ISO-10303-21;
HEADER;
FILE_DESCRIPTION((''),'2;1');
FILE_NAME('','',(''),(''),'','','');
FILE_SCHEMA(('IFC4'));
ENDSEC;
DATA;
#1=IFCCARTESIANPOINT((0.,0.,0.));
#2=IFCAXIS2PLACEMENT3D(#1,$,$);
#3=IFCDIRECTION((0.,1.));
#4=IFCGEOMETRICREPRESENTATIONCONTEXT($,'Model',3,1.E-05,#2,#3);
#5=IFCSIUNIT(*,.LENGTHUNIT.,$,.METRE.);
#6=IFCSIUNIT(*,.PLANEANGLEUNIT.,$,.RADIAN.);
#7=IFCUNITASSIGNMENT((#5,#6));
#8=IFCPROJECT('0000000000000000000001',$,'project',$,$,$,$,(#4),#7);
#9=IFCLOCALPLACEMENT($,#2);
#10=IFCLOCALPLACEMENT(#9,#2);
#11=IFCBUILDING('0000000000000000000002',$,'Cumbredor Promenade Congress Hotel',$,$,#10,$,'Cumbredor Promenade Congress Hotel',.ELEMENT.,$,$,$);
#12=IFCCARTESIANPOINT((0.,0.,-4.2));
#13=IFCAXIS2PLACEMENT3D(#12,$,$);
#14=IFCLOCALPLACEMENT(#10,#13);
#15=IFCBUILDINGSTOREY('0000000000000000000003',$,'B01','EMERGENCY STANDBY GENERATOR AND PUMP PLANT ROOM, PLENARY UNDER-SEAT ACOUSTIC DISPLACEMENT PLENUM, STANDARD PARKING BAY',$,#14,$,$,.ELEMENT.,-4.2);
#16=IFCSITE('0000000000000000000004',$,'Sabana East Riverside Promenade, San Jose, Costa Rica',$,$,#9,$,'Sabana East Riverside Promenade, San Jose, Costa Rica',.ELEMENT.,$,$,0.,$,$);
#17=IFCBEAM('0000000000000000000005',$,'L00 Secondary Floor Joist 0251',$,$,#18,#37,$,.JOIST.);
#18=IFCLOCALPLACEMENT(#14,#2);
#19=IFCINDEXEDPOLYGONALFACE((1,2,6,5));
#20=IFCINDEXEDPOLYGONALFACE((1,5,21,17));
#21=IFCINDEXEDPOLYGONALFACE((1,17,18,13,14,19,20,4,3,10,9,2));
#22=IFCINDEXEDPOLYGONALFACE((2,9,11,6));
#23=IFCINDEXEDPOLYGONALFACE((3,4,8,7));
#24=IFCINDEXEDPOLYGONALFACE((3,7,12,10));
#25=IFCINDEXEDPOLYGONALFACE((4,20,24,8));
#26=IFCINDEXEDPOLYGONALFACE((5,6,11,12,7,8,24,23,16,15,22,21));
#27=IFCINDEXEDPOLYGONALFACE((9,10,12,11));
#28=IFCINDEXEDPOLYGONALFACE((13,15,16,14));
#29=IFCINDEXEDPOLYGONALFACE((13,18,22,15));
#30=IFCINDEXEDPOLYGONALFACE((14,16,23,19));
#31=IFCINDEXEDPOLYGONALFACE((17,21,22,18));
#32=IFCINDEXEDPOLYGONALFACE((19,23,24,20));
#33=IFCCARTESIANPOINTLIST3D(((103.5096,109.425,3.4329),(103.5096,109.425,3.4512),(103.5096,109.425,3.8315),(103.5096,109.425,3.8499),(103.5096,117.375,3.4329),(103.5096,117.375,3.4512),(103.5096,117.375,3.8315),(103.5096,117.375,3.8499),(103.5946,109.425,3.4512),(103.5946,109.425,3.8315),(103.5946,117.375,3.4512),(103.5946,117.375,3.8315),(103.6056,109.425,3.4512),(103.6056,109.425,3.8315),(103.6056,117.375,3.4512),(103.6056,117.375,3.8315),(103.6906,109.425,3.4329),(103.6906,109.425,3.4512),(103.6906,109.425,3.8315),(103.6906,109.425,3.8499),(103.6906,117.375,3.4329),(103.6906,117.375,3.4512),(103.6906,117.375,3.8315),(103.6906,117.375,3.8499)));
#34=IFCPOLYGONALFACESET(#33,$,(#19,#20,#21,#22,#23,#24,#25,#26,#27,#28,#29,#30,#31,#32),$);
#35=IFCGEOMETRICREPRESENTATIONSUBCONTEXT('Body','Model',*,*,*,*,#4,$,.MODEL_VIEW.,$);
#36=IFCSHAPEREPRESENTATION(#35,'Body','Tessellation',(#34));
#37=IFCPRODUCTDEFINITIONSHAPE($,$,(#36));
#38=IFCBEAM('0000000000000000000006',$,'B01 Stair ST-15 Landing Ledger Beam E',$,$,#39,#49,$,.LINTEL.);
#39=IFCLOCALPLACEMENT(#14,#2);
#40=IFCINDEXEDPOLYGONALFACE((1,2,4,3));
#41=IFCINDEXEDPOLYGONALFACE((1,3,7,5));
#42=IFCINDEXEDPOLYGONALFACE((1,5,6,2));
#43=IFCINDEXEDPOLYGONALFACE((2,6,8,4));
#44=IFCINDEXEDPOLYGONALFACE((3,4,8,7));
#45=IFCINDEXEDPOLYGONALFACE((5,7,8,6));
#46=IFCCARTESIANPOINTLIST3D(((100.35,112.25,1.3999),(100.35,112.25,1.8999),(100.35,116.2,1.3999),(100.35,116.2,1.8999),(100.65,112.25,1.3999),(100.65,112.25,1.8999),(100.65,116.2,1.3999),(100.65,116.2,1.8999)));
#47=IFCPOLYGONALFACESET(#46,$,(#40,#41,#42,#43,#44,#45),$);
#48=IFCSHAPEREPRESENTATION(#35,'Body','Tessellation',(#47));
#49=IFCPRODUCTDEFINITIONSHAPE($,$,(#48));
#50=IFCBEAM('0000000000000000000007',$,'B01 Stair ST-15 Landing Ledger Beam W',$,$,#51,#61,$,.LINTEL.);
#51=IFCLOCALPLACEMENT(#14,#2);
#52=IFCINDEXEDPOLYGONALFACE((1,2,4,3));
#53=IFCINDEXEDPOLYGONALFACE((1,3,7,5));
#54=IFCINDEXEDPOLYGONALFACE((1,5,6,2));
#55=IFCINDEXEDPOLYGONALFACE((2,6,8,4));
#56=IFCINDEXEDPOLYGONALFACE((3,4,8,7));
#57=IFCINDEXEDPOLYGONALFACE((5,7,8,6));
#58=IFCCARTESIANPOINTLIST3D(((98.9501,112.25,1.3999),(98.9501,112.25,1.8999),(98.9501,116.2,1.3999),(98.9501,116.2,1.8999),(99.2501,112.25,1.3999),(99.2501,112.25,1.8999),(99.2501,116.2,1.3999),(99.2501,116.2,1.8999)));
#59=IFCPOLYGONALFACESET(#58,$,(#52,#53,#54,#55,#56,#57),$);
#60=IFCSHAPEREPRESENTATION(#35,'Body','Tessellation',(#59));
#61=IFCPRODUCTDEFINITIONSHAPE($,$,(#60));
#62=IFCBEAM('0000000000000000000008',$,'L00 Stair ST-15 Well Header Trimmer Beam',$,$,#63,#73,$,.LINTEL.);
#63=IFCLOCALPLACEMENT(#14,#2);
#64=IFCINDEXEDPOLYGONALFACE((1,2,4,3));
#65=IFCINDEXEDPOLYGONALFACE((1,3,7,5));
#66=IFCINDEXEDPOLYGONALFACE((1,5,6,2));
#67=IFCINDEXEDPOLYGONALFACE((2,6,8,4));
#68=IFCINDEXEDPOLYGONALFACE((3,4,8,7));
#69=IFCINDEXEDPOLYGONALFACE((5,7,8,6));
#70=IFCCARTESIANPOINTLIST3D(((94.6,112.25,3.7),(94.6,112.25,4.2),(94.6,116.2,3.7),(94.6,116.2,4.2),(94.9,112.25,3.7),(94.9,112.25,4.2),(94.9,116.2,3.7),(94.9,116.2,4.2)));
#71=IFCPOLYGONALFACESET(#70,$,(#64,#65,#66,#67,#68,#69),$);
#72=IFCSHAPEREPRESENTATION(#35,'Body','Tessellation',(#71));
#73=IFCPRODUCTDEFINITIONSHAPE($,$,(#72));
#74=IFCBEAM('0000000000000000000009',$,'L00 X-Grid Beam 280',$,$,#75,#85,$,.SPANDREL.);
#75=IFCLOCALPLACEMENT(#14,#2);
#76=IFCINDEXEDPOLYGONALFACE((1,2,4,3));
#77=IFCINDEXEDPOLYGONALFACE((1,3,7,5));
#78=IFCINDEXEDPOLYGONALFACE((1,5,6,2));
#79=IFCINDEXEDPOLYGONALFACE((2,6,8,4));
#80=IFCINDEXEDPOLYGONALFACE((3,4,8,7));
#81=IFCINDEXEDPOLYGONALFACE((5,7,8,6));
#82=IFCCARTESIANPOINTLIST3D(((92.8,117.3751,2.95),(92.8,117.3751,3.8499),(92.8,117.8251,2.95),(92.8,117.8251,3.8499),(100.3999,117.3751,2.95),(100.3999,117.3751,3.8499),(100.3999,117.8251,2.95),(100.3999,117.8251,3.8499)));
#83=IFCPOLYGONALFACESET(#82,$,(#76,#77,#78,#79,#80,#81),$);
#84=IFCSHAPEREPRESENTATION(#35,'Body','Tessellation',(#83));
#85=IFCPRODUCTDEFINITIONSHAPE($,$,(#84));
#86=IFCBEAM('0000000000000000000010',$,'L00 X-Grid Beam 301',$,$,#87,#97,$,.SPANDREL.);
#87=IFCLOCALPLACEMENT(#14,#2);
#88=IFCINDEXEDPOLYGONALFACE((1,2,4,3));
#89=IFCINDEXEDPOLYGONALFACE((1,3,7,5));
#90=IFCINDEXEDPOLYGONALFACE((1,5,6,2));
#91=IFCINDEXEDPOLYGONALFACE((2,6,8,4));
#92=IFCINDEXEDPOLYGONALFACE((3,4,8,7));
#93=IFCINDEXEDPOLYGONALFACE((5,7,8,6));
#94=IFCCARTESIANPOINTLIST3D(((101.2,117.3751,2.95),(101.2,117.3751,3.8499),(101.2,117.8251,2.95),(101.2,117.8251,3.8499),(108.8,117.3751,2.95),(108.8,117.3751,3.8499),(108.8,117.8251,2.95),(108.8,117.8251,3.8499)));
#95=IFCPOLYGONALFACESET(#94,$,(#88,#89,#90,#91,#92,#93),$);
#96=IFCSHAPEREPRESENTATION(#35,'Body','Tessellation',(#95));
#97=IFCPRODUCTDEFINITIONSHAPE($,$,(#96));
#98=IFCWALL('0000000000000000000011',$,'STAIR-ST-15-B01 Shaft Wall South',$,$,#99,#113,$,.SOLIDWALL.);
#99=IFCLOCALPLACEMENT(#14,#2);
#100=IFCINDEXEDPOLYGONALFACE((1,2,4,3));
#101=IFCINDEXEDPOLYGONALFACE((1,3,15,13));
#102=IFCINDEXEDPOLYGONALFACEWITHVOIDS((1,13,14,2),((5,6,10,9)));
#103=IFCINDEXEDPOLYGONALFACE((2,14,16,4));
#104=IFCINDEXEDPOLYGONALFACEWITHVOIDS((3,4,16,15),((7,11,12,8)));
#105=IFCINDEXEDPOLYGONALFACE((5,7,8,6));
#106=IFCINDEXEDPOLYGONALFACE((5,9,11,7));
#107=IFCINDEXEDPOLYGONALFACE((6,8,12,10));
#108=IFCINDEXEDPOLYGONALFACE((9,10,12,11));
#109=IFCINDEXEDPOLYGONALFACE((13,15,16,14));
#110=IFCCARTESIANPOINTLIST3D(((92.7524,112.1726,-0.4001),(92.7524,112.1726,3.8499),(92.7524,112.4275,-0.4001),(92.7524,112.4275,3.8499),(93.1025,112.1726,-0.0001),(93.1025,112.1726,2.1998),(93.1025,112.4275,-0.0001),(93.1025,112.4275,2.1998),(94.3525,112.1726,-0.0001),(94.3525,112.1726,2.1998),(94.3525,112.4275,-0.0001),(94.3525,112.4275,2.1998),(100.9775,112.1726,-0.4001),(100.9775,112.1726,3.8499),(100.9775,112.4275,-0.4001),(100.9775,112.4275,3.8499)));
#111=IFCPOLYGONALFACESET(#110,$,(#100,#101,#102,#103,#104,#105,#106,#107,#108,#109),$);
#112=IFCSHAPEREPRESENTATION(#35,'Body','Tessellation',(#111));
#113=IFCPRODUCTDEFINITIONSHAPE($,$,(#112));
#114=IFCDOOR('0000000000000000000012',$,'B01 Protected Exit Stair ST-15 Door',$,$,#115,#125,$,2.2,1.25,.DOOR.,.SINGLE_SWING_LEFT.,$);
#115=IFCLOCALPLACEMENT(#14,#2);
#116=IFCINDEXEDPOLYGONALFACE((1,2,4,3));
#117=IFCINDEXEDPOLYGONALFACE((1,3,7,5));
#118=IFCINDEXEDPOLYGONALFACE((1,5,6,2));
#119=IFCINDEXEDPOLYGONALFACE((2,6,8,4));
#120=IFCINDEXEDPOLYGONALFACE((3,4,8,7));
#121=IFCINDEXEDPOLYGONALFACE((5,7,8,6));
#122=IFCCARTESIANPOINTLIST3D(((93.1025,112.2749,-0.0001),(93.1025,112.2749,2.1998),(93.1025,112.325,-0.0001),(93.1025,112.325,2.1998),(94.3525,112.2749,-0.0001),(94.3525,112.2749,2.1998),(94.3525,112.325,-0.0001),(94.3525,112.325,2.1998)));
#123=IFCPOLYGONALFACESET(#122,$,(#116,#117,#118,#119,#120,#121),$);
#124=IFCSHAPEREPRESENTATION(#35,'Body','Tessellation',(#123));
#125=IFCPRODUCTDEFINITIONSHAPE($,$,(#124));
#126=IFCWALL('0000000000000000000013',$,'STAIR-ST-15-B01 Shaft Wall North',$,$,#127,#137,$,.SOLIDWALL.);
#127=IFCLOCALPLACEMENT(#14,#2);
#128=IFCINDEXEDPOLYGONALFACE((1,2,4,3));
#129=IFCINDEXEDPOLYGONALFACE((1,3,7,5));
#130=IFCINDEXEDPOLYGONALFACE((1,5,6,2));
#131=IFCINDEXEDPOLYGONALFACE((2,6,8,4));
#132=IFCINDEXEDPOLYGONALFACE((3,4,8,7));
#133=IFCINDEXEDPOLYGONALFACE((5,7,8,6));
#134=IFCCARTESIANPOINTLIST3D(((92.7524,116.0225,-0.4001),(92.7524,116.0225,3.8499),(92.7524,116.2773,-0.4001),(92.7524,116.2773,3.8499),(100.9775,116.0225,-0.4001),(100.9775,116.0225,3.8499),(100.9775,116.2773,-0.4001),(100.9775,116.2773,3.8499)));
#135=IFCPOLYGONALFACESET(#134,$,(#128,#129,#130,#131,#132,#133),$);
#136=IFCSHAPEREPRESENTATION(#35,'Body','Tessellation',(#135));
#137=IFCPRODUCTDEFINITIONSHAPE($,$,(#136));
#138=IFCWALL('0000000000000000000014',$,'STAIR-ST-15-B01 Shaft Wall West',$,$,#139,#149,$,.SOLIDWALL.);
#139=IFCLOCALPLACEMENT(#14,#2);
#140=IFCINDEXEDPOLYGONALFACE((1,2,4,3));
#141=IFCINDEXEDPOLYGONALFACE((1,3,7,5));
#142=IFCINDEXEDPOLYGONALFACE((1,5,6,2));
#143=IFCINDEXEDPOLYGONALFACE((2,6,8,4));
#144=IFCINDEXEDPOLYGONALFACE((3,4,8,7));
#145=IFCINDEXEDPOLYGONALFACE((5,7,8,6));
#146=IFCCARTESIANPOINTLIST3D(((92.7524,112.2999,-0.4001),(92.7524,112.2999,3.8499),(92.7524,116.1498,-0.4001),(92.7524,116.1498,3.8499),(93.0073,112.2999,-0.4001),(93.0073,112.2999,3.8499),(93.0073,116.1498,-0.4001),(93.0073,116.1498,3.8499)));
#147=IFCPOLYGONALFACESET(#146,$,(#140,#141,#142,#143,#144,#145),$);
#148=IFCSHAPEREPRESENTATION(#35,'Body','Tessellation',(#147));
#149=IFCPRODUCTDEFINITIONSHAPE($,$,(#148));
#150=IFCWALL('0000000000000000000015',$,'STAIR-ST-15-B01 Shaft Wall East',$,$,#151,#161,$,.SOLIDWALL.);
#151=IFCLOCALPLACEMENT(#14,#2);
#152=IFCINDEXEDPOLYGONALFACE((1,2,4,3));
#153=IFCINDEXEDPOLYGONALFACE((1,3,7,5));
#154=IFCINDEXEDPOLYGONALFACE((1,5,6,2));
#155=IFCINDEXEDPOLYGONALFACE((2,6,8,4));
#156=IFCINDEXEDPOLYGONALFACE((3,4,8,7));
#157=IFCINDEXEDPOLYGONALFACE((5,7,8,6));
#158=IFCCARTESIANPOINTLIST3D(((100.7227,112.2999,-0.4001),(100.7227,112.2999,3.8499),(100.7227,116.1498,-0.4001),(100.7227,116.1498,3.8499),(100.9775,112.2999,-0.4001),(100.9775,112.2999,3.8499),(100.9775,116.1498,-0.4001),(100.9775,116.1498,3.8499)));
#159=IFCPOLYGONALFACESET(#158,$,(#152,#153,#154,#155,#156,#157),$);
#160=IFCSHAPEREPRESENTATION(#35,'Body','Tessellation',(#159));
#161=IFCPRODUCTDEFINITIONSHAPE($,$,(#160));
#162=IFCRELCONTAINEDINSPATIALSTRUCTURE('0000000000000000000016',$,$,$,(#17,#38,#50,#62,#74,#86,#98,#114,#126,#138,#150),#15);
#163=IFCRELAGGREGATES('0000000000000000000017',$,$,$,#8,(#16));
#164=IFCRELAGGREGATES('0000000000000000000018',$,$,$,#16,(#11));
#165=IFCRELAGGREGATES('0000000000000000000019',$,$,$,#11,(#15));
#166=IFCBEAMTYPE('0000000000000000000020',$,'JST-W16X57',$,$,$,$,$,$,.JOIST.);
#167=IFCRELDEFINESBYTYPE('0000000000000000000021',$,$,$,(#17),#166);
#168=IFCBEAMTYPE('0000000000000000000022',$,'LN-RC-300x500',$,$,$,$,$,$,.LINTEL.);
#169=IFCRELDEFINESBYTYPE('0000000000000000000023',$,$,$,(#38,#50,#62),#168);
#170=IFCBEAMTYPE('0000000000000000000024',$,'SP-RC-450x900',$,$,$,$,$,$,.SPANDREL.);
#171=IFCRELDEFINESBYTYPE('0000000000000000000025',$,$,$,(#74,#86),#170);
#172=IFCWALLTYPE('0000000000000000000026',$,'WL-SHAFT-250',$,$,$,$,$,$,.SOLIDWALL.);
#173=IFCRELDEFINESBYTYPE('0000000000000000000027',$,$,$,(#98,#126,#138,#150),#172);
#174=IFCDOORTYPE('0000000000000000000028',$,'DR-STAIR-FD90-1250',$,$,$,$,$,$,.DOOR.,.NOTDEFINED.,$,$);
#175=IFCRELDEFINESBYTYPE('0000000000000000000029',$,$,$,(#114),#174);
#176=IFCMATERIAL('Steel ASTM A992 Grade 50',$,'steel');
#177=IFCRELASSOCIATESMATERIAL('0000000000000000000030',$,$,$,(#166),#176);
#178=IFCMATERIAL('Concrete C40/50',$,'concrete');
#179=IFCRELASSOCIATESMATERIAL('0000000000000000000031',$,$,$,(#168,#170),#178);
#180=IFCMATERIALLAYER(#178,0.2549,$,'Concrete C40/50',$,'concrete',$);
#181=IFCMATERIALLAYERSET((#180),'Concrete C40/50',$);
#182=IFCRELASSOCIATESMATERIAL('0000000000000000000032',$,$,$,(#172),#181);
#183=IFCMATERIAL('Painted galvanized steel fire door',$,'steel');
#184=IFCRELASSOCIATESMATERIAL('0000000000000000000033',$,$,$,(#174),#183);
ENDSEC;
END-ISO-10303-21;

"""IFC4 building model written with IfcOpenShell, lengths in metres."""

from ifc_helpers import new_model, si_unit, direction, frame, frame_2d, origin, origin_2d, place, context, subcontext, project, spatial, rectangle, i_section, extrude, material, layer, layer_set, material_profile, profile_set, type_object, element, fill, save


model = new_model("IFC4")

# Units and contexts
model_context = context("Model", 3, precision=1e-05, world=origin(), true_north=direction((0.0, 1.0)))
body_context = subcontext(model_context, "Body", "Model", "MODEL_VIEW")
ifc_project = project(units=[si_unit("LENGTHUNIT", "METRE"), si_unit("PLANEANGLEUNIT", "RADIAN")], contexts=[model_context])

# Site, building, storey
site_placement = place(None, origin())
site = spatial("IfcSite", under=ifc_project, at=site_placement, Name="Sabana East Riverside Promenade, San Jose, Costa Rica", LongName="Sabana East Riverside Promenade, San Jose, Costa Rica", CompositionType="ELEMENT", RefElevation=0.0)
building_placement = place(site_placement, origin())
building = spatial("IfcBuilding", under=site, at=building_placement, Name="Cumbredor Promenade Congress Hotel", LongName="Cumbredor Promenade Congress Hotel", CompositionType="ELEMENT")
storey_placement = place(building_placement, frame((0.0, 0.0, -4.2)))
storey = spatial("IfcBuildingStorey", under=building, at=storey_placement, Name="B01", Description="EMERGENCY STANDBY GENERATOR AND PUMP PLANT ROOM, PLENARY UNDER-SEAT ACOUSTIC DISPLACEMENT PLENUM, STANDARD PARKING BAY", CompositionType="ELEMENT", Elevation=-4.2)

# Beams
ifc_material_1 = material(Name="Concrete C40/50", Category="concrete")
ifc_material_2 = material(Name="Steel ASTM A992 Grade 50", Category="steel")
ifc_material_profile_1 = material_profile(ifc_material_2, i_section(OverallWidth=0.1809, OverallDepth=0.417, WebThickness=0.011, FlangeThickness=0.0183, at=origin_2d()), Name="W16X57")
ifc_profile_set_1 = profile_set([ifc_material_profile_1], Name="Steel ASTM A992 Grade 50")
beam_type_1 = type_object("IfcBeamType", Name="JST-W16X57", PredefinedType="JOIST", material=ifc_profile_set_1)
beam_1_placement = place(storey_placement, frame((103.6001, 109.425, 3.6414), z_axis=(0.0, 1.0, 0.0), x_axis=(-1.0, 0.0, 0.0)))
element("IfcBeam", 1, at=beam_1_placement, inside=storey, type_object=beam_type_1, Name="L00 Secondary Floor Joist 0251", PredefinedType="JOIST", context=body_context, shape_type="SweptSolid", body=[
    extrude(i_section(OverallWidth=0.1809, OverallDepth=0.417, WebThickness=0.011, FlangeThickness=0.0183, at=origin_2d()), origin(), (0.0, 0.0, 1.0), 7.95),
])
ifc_material_profile_2 = material_profile(ifc_material_1, rectangle(XDim=0.3, YDim=0.5, at=origin_2d()), Name="RC LINTEL 300x500")
ifc_profile_set_2 = profile_set([ifc_material_profile_2], Name="Concrete C40/50")
beam_type_2 = type_object("IfcBeamType", Name="LN-RC-300x500", PredefinedType="LINTEL", material=ifc_profile_set_2)
for number, where, z_axis, x_axis, name in (
    (2, (100.5, 112.25, 1.6499), (0.0, 1.0, 0.0), (-1.0, 0.0, 0.0), "B01 Stair ST-15 Landing Ledger Beam E"),
    (3, (99.1001, 112.25, 1.6499), (0.0, 1.0, 0.0), (-1.0, 0.0, 0.0), "B01 Stair ST-15 Landing Ledger Beam W"),
    (4, (94.75, 112.25, 3.95), (0.0, 1.0, 0.0), (-1.0, 0.0, 0.0), "L00 Stair ST-15 Well Header Trimmer Beam"),
):
    element("IfcBeam", number, at=place(storey_placement, frame(where, z_axis=z_axis, x_axis=x_axis)), inside=storey, type_object=beam_type_2, Name=name, PredefinedType="LINTEL", context=body_context, shape_type="SweptSolid", body=[
        extrude(rectangle(XDim=0.3, YDim=0.5, at=origin_2d()), origin(), (0.0, 0.0, 1.0), 3.95),
    ])
ifc_material_profile_3 = material_profile(ifc_material_1, rectangle(XDim=0.45, YDim=0.8999, at=origin_2d()), Name="RC SPANDREL 450x900")
ifc_profile_set_3 = profile_set([ifc_material_profile_3], Name="Concrete C40/50")
beam_type_3 = type_object("IfcBeamType", Name="SP-RC-450x900", PredefinedType="SPANDREL", material=ifc_profile_set_3)
beam_2_placement = place(storey_placement, frame((92.8, 117.6001, 3.3999), z_axis=(1.0, 0.0, 0.0), x_axis=(0.0, 1.0, 0.0)))
element("IfcBeam", 5, at=beam_2_placement, inside=storey, type_object=beam_type_3, Name="L00 X-Grid Beam 280", PredefinedType="SPANDREL", context=body_context, shape_type="SweptSolid", body=[
    extrude(rectangle(XDim=0.45, YDim=0.8999, at=origin_2d()), origin(), (0.0, 0.0, 1.0), 7.5999),
])
beam_3_placement = place(storey_placement, frame((101.2, 117.6001, 3.3999), z_axis=(1.0, 0.0, 0.0), x_axis=(0.0, 1.0, 0.0)))
element("IfcBeam", 6, at=beam_3_placement, inside=storey, type_object=beam_type_3, Name="L00 X-Grid Beam 301", PredefinedType="SPANDREL", context=body_context, shape_type="SweptSolid", body=[
    extrude(rectangle(XDim=0.45, YDim=0.8999, at=origin_2d()), origin(), (0.0, 0.0, 1.0), 7.6001),
])

# Wall, opening, door
ifc_layer = layer(ifc_material_1, 0.2549, Name="Concrete C40/50", Category="concrete")
ifc_layer_set = layer_set([ifc_layer], Name="Concrete C40/50")
wall_type = type_object("IfcWallType", Name="WL-SHAFT-250", PredefinedType="SOLIDWALL", material=ifc_layer_set)
wall_1_placement = place(storey_placement, frame((92.7524, 112.3, -0.4001), z_axis=(0.0, 0.0, 1.0), x_axis=(1.0, 0.0, 0.0)))
wall_1 = element("IfcWall", 7, at=wall_1_placement, inside=storey, type_object=wall_type, Name="STAIR-ST-15-B01 Shaft Wall South", PredefinedType="SOLIDWALL", context=body_context, shape_type="SweptSolid", body=[
    extrude(rectangle(XDim=8.2251, YDim=0.2549, at=frame_2d((4.1125, 0.0))), origin(), (0.0, 0.0, 1.0), 4.25),
])
opening_placement = place(wall_1_placement, frame((0.3501, 0.0, 0.3999)))
opening = element("IfcOpeningElement", 8, at=opening_placement, cuts=wall_1, PredefinedType="OPENING", context=body_context, shape_type="SweptSolid", body=[
    extrude(rectangle(XDim=1.25, YDim=2.2, at=frame_2d((0.625, 1.1001))), frame((0.0, 0.1375, 0.0), z_axis=(0.0, -1.0, 0.0), x_axis=(1.0, 0.0, 0.0)), (0.0, 0.0, 1.0), 0.2749),
])
ifc_material_3 = material(Name="Painted galvanized steel fire door", Category="steel")
door_type = type_object("IfcDoorType", Name="DR-STAIR-FD90-1250", OperationType="NOTDEFINED", PredefinedType="DOOR", material=ifc_material_3)
door_placement = place(opening_placement, origin())
door = element("IfcDoor", 9, at=door_placement, inside=storey, type_object=door_type, Name="B01 Protected Exit Stair ST-15 Door", OperationType="SINGLE_SWING_LEFT", OverallHeight=2.2, OverallWidth=1.25, PredefinedType="DOOR", context=body_context, shape_type="SweptSolid", body=[
    extrude(rectangle(XDim=1.25, YDim=2.2, at=frame_2d((0.625, 1.1001))), frame((0.0, 0.0249, 0.0), z_axis=(0.0, -1.0, 0.0), x_axis=(1.0, 0.0, 0.0)), (0.0, 0.0, 1.0), 0.05),
])
fill(opening, door)

# Walls
wall_2_placement = place(storey_placement, frame((92.7524, 116.1499, -0.4001), z_axis=(0.0, 0.0, 1.0), x_axis=(1.0, 0.0, 0.0)))
element("IfcWall", 10, at=wall_2_placement, inside=storey, type_object=wall_type, Name="STAIR-ST-15-B01 Shaft Wall North", PredefinedType="SOLIDWALL", context=body_context, shape_type="SweptSolid", body=[
    extrude(rectangle(XDim=8.2251, YDim=0.2549, at=frame_2d((4.1125, 0.0))), origin(), (0.0, 0.0, 1.0), 4.25),
])
for number, where, z_axis, x_axis, name in (
    (11, (92.8799, 112.3, -0.4001), (0.0, 0.0, 1.0), (0.0, 1.0, 0.0), "STAIR-ST-15-B01 Shaft Wall West"),
    (12, (100.8501, 112.3, -0.4001), (0.0, 0.0, 1.0), (0.0, 1.0, 0.0), "STAIR-ST-15-B01 Shaft Wall East"),
):
    element("IfcWall", number, at=place(storey_placement, frame(where, z_axis=z_axis, x_axis=x_axis)), inside=storey, type_object=wall_type, Name=name, PredefinedType="SOLIDWALL", context=body_context, shape_type="SweptSolid", body=[
        extrude(rectangle(XDim=3.8499, YDim=0.2549, at=frame_2d((1.9248, 0.0))), origin(), (0.0, 0.0, 1.0), 4.25),
    ])

save(model, "model.ifc")
